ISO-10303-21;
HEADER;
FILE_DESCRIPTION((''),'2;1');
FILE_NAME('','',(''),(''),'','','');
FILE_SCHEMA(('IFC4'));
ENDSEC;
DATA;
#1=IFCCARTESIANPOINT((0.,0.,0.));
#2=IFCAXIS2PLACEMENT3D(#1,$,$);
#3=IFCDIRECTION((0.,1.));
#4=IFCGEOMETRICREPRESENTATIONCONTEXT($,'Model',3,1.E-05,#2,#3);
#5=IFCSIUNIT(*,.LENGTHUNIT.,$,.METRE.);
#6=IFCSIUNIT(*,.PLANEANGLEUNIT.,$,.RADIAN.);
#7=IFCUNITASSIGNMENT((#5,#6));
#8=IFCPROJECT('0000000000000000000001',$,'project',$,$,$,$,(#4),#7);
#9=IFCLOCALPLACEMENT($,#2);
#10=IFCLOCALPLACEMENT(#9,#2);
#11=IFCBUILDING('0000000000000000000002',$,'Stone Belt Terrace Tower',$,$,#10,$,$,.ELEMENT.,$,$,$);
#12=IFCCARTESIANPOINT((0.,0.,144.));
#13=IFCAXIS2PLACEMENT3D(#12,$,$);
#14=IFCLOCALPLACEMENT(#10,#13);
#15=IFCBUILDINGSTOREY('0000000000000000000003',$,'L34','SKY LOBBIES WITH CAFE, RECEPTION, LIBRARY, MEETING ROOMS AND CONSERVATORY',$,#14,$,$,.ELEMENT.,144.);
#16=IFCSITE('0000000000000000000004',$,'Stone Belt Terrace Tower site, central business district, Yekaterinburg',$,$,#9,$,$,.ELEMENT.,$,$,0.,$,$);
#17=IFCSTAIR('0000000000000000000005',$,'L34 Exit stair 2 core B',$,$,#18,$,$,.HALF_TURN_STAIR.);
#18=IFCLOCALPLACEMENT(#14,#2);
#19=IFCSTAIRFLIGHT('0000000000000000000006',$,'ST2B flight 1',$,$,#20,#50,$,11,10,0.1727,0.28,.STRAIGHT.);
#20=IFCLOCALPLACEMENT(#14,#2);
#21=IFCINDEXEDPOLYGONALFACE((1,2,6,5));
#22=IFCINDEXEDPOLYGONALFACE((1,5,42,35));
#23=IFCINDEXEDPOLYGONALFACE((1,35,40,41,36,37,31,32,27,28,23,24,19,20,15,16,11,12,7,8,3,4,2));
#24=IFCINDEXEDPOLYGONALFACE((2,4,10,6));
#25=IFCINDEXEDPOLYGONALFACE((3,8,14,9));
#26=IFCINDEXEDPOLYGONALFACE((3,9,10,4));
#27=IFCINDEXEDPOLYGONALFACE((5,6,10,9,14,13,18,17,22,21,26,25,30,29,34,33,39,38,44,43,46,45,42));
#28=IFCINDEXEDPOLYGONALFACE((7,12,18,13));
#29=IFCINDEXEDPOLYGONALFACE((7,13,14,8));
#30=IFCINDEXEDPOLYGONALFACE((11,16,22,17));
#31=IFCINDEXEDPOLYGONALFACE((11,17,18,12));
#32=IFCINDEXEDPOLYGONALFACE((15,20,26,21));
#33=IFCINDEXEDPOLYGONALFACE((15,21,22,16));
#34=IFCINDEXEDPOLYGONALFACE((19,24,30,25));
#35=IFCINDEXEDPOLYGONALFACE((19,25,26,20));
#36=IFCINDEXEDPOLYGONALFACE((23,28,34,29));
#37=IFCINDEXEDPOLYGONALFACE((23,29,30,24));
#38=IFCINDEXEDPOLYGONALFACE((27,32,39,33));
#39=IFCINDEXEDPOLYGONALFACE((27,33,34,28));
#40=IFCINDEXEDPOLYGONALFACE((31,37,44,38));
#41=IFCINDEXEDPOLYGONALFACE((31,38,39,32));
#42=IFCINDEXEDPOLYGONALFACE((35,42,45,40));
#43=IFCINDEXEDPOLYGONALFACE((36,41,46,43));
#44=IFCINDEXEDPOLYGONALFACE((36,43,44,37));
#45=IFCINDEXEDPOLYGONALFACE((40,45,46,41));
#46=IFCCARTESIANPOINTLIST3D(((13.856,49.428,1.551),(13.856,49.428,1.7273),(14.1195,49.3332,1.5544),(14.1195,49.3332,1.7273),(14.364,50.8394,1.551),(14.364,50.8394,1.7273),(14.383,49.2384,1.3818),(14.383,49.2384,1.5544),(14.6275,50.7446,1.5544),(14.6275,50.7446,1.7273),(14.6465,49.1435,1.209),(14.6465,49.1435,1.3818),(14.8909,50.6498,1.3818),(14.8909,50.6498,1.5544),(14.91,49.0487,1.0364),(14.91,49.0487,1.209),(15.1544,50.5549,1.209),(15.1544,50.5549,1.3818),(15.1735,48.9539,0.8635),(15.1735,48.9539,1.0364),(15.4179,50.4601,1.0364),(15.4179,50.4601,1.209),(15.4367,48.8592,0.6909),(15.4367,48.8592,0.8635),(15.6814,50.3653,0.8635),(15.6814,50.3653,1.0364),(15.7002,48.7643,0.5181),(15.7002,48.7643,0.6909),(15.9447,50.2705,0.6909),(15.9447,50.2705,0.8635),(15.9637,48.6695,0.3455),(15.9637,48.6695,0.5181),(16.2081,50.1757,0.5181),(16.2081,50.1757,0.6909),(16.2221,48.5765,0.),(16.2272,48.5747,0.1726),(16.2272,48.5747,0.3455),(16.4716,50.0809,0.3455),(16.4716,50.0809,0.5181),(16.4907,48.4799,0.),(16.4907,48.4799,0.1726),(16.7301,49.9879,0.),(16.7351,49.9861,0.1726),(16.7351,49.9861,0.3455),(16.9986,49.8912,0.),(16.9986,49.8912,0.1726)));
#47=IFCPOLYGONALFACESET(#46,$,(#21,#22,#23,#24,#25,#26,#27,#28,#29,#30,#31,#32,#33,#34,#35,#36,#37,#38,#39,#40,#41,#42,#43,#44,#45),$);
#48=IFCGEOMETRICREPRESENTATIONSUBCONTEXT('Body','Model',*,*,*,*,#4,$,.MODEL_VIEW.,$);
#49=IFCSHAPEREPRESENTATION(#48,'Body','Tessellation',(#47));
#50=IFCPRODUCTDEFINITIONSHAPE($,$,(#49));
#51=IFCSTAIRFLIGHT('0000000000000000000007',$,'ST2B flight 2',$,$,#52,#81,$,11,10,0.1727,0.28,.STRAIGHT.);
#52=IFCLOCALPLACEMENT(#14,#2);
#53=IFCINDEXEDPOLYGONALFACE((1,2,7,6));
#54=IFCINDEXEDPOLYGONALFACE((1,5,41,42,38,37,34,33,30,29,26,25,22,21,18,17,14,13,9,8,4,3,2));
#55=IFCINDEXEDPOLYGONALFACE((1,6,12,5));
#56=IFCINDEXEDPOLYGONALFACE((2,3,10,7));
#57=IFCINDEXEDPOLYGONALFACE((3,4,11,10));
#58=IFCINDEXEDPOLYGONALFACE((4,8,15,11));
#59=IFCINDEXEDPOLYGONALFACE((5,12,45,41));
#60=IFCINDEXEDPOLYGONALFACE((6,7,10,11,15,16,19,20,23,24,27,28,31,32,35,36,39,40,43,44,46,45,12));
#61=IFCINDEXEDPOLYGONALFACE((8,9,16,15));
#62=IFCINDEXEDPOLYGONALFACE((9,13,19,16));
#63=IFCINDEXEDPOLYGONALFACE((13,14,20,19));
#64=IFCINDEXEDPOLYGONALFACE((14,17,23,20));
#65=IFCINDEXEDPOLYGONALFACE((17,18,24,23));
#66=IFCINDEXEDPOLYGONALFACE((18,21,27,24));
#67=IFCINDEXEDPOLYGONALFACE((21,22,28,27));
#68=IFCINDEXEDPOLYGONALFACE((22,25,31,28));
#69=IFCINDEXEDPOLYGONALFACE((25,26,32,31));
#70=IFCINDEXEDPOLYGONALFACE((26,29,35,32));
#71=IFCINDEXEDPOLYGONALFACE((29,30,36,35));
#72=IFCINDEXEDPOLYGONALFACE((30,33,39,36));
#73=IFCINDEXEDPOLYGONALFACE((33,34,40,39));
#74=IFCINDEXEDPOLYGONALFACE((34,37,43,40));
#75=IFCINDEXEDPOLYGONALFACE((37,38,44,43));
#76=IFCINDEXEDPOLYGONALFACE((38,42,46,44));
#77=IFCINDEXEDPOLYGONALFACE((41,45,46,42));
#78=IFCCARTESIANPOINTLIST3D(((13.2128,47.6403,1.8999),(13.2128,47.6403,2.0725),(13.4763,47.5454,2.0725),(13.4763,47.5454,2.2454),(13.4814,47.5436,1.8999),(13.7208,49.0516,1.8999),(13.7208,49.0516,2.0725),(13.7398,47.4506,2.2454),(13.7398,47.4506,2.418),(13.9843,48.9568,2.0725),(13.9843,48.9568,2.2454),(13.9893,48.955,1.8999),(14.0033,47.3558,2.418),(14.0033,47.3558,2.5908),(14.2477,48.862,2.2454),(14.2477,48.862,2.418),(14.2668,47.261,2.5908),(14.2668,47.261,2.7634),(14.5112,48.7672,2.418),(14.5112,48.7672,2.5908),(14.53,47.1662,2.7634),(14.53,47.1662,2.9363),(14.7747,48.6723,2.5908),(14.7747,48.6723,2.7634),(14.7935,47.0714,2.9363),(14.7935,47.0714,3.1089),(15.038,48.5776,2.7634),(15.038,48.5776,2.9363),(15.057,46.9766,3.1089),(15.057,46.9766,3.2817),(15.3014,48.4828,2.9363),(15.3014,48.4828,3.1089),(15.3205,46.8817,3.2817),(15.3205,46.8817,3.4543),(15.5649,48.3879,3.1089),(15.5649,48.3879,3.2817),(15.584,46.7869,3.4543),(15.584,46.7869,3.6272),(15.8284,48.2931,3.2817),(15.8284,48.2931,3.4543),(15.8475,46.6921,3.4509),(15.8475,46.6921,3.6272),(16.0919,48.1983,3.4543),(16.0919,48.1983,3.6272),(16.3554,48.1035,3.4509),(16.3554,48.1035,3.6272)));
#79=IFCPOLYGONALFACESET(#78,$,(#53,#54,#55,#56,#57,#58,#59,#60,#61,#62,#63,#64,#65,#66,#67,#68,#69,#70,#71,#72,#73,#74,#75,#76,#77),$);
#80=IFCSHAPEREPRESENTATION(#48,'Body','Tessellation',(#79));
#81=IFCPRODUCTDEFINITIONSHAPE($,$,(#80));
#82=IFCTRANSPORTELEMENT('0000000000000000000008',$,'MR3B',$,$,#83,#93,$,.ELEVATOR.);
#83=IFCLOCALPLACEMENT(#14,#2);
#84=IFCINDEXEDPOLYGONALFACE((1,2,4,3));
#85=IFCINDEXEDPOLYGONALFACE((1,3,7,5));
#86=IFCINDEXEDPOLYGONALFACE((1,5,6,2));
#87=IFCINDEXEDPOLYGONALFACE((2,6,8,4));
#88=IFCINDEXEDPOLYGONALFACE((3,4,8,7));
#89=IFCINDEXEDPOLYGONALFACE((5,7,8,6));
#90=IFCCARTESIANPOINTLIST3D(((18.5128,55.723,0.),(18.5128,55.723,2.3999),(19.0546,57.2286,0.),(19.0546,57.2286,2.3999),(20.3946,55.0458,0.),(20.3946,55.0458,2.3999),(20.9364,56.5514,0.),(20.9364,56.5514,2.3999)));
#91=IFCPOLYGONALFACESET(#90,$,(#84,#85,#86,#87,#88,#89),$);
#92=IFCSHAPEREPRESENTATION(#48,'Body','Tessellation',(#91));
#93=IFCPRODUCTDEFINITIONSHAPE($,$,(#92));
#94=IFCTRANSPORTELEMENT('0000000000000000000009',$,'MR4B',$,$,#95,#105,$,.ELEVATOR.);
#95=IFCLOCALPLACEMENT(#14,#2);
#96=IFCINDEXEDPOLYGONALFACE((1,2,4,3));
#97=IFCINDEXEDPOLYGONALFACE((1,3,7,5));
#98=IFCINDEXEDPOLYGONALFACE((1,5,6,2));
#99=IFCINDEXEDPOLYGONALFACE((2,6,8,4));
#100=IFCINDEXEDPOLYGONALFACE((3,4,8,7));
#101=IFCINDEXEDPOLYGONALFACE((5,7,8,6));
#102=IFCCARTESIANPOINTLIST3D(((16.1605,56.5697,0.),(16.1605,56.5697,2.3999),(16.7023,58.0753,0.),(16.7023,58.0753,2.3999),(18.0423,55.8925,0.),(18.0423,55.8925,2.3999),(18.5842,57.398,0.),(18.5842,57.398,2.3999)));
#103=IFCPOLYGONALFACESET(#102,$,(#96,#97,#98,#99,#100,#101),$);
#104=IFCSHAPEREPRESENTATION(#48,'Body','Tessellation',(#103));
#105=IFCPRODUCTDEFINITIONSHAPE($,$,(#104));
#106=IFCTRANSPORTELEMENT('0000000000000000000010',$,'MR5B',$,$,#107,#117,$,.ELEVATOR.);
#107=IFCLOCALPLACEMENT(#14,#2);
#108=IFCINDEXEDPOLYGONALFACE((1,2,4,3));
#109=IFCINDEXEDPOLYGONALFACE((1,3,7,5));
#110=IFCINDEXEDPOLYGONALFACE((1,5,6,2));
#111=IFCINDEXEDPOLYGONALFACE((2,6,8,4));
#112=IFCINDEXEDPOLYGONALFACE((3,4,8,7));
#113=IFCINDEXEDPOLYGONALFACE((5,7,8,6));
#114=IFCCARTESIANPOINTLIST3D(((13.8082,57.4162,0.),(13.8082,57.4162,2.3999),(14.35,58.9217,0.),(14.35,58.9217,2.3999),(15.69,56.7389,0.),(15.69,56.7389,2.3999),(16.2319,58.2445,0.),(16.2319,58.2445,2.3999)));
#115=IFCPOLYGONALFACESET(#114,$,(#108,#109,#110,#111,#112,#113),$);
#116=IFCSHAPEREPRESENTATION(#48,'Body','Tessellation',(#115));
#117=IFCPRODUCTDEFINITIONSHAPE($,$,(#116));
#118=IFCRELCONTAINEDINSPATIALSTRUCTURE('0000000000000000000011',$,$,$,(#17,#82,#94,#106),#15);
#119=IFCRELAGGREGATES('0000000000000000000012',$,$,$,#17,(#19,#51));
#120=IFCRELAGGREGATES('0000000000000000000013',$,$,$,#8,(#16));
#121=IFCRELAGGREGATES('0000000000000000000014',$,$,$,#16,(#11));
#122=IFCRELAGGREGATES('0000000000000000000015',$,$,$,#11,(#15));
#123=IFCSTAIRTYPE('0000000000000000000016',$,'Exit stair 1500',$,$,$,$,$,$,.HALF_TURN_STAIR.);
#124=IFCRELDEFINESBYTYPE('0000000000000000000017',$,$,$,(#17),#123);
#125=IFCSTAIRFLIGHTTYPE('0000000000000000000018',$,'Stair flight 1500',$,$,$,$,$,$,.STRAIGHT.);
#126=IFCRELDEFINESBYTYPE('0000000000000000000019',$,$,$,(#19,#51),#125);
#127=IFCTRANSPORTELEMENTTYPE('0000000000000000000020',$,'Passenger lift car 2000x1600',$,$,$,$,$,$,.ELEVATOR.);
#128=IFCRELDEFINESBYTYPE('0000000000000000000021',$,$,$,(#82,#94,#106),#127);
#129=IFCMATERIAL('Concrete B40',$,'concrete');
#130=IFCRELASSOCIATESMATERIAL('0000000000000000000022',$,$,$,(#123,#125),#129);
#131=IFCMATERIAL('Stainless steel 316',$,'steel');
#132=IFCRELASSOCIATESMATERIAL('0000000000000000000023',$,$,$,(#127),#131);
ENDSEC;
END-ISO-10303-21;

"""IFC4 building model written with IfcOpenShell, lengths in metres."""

from ifc_helpers import new_model, si_unit, direction, frame, origin, origin_2d, place, context, subcontext, project, spatial, polyline, rectangle, outline, extrude, material, type_object, element, aggregate, save


model = new_model("IFC4")

# Units and contexts
model_context = context("Model", 3, precision=1e-05, world=origin(), true_north=direction((0.0, 1.0)))
body_context = subcontext(model_context, "Body", "Model", "MODEL_VIEW")
ifc_project = project(units=[si_unit("LENGTHUNIT", "METRE"), si_unit("PLANEANGLEUNIT", "RADIAN")], contexts=[model_context])

# Site, building, storey
site_placement = place(None, origin())
site = spatial("IfcSite", under=ifc_project, at=site_placement, Name="Stone Belt Terrace Tower site, central business district, Yekaterinburg", CompositionType="ELEMENT", RefElevation=0.0)
building_placement = place(site_placement, origin())
building = spatial("IfcBuilding", under=site, at=building_placement, Name="Stone Belt Terrace Tower", CompositionType="ELEMENT")
storey_placement = place(building_placement, frame((0.0, 0.0, 144.0)))
storey = spatial("IfcBuildingStorey", under=building, at=storey_placement, Name="L34", Description="SKY LOBBIES WITH CAFE, RECEPTION, LIBRARY, MEETING ROOMS AND CONSERVATORY", CompositionType="ELEMENT", Elevation=144.0)

# Stair, stair flights
ifc_material_1 = material(Name="Concrete B40", Category="concrete")
stair_type = type_object("IfcStairType", Name="Exit stair 1500", PredefinedType="HALF_TURN_STAIR", material=ifc_material_1)
stair_placement = place(storey_placement, origin())
stair = element("IfcStair", 1, at=stair_placement, inside=storey, type_object=stair_type, Name="L34 Exit stair 2 core B", PredefinedType="HALF_TURN_STAIR")
stair_flight_type = type_object("IfcStairFlightType", Name="Stair flight 1500", PredefinedType="STRAIGHT", material=ifc_material_1)
stair_flight_1_placement = place(storey_placement, frame((16.7446, 49.1855, 0.0), z_axis=(0.0, 0.0, 1.0), x_axis=(-0.940922, 0.338624, 0.0)))
stair_flight_1 = element("IfcStairFlight", 2, at=stair_flight_1_placement, type_object=stair_flight_type, Name="ST2B flight 1", NumberOfRisers=11, NumberOfTreads=10, PredefinedType="STRAIGHT", RiserHeight=0.1727, TreadLength=0.28, context=body_context, shape_type="SweptSolid", body=[
    extrude(outline(polyline([(0.0, 0.0), (0.0, 0.1726), (0.28, 0.1726), (0.28, 0.3455), (0.5601, 0.3455), (0.5601, 0.5181), (0.8401, 0.5181), (0.8401, 0.6909), (1.1201, 0.6909), (1.1201, 0.8635), (1.3999, 0.8635), (1.3999, 1.0364), (1.6799, 1.0364), (1.6799, 1.209), (1.96, 1.209), (1.96, 1.3818), (2.24, 1.3818), (2.24, 1.5544), (2.52, 1.5544), (2.52, 1.7273), (2.8, 1.7273), (2.8, 1.8999), (2.8, 1.551), (0.2854, 0.0), (0.0, 0.0)])), frame((0.0, 0.75, 0.0), z_axis=(0.0, -1.0, 0.0), x_axis=(1.0, 0.0, 0.0)), (0.0, 0.0, 1.0), 1.5),
])
stair_flight_2_placement = place(storey_placement, frame((13.4668, 48.3459, 1.8999), z_axis=(0.0, 0.0, 1.0), x_axis=(0.940922, -0.338624, 0.0)))
stair_flight_2 = element("IfcStairFlight", 3, at=stair_flight_2_placement, type_object=stair_flight_type, Name="ST2B flight 2", NumberOfRisers=11, NumberOfTreads=10, PredefinedType="STRAIGHT", RiserHeight=0.1727, TreadLength=0.28, context=body_context, shape_type="SweptSolid", body=[
    extrude(outline(polyline([(0.0, 0.0), (0.0, 0.1726), (0.28, 0.1726), (0.28, 0.3455), (0.5601, 0.3455), (0.5601, 0.5181), (0.8401, 0.5181), (0.8401, 0.6909), (1.1201, 0.6909), (1.1201, 0.8635), (1.3999, 0.8635), (1.3999, 1.0364), (1.6799, 1.0364), (1.6799, 1.209), (1.96, 1.209), (1.96, 1.3818), (2.24, 1.3818), (2.24, 1.5544), (2.52, 1.5544), (2.52, 1.7273), (2.8, 1.7273), (2.8, 1.8999), (2.8, 1.551), (0.2854, 0.0), (0.0, 0.0)])), frame((0.0, 0.75, 0.0), z_axis=(0.0, -1.0, 0.0), x_axis=(1.0, 0.0, 0.0)), (0.0, 0.0, 1.0), 1.5),
])
aggregate(stair, [stair_flight_1, stair_flight_2])

# Transport elements
ifc_material_2 = material(Name="Stainless steel 316", Category="steel")
transport_element_type = type_object("IfcTransportElementType", Name="Passenger lift car 2000x1600", PredefinedType="ELEVATOR", material=ifc_material_2)
for number, where, z_axis, x_axis, name in (
    (4, (19.7246, 56.1372, 0.0), (0.0, 0.0, 1.0), (-0.940922, 0.338625, 0.0), "MR3B"),
    (5, (17.3723, 56.9839, 0.0), (0.0, 0.0, 1.0), (-0.940922, 0.338625, 0.0), "MR4B"),
    (6, (15.02, 57.8303, 0.0), (0.0, 0.0, 1.0), (-0.940922, 0.338625, 0.0), "MR5B"),
):
    element("IfcTransportElement", number, at=place(storey_placement, frame(where, z_axis=z_axis, x_axis=x_axis)), inside=storey, type_object=transport_element_type, Name=name, PredefinedType="ELEVATOR", context=body_context, shape_type="SweptSolid", body=[
        extrude(rectangle(XDim=2.0, YDim=1.6001, at=origin_2d()), origin(), (0.0, 0.0, 1.0), 2.3999),
    ])

save(model, "model.ifc")
